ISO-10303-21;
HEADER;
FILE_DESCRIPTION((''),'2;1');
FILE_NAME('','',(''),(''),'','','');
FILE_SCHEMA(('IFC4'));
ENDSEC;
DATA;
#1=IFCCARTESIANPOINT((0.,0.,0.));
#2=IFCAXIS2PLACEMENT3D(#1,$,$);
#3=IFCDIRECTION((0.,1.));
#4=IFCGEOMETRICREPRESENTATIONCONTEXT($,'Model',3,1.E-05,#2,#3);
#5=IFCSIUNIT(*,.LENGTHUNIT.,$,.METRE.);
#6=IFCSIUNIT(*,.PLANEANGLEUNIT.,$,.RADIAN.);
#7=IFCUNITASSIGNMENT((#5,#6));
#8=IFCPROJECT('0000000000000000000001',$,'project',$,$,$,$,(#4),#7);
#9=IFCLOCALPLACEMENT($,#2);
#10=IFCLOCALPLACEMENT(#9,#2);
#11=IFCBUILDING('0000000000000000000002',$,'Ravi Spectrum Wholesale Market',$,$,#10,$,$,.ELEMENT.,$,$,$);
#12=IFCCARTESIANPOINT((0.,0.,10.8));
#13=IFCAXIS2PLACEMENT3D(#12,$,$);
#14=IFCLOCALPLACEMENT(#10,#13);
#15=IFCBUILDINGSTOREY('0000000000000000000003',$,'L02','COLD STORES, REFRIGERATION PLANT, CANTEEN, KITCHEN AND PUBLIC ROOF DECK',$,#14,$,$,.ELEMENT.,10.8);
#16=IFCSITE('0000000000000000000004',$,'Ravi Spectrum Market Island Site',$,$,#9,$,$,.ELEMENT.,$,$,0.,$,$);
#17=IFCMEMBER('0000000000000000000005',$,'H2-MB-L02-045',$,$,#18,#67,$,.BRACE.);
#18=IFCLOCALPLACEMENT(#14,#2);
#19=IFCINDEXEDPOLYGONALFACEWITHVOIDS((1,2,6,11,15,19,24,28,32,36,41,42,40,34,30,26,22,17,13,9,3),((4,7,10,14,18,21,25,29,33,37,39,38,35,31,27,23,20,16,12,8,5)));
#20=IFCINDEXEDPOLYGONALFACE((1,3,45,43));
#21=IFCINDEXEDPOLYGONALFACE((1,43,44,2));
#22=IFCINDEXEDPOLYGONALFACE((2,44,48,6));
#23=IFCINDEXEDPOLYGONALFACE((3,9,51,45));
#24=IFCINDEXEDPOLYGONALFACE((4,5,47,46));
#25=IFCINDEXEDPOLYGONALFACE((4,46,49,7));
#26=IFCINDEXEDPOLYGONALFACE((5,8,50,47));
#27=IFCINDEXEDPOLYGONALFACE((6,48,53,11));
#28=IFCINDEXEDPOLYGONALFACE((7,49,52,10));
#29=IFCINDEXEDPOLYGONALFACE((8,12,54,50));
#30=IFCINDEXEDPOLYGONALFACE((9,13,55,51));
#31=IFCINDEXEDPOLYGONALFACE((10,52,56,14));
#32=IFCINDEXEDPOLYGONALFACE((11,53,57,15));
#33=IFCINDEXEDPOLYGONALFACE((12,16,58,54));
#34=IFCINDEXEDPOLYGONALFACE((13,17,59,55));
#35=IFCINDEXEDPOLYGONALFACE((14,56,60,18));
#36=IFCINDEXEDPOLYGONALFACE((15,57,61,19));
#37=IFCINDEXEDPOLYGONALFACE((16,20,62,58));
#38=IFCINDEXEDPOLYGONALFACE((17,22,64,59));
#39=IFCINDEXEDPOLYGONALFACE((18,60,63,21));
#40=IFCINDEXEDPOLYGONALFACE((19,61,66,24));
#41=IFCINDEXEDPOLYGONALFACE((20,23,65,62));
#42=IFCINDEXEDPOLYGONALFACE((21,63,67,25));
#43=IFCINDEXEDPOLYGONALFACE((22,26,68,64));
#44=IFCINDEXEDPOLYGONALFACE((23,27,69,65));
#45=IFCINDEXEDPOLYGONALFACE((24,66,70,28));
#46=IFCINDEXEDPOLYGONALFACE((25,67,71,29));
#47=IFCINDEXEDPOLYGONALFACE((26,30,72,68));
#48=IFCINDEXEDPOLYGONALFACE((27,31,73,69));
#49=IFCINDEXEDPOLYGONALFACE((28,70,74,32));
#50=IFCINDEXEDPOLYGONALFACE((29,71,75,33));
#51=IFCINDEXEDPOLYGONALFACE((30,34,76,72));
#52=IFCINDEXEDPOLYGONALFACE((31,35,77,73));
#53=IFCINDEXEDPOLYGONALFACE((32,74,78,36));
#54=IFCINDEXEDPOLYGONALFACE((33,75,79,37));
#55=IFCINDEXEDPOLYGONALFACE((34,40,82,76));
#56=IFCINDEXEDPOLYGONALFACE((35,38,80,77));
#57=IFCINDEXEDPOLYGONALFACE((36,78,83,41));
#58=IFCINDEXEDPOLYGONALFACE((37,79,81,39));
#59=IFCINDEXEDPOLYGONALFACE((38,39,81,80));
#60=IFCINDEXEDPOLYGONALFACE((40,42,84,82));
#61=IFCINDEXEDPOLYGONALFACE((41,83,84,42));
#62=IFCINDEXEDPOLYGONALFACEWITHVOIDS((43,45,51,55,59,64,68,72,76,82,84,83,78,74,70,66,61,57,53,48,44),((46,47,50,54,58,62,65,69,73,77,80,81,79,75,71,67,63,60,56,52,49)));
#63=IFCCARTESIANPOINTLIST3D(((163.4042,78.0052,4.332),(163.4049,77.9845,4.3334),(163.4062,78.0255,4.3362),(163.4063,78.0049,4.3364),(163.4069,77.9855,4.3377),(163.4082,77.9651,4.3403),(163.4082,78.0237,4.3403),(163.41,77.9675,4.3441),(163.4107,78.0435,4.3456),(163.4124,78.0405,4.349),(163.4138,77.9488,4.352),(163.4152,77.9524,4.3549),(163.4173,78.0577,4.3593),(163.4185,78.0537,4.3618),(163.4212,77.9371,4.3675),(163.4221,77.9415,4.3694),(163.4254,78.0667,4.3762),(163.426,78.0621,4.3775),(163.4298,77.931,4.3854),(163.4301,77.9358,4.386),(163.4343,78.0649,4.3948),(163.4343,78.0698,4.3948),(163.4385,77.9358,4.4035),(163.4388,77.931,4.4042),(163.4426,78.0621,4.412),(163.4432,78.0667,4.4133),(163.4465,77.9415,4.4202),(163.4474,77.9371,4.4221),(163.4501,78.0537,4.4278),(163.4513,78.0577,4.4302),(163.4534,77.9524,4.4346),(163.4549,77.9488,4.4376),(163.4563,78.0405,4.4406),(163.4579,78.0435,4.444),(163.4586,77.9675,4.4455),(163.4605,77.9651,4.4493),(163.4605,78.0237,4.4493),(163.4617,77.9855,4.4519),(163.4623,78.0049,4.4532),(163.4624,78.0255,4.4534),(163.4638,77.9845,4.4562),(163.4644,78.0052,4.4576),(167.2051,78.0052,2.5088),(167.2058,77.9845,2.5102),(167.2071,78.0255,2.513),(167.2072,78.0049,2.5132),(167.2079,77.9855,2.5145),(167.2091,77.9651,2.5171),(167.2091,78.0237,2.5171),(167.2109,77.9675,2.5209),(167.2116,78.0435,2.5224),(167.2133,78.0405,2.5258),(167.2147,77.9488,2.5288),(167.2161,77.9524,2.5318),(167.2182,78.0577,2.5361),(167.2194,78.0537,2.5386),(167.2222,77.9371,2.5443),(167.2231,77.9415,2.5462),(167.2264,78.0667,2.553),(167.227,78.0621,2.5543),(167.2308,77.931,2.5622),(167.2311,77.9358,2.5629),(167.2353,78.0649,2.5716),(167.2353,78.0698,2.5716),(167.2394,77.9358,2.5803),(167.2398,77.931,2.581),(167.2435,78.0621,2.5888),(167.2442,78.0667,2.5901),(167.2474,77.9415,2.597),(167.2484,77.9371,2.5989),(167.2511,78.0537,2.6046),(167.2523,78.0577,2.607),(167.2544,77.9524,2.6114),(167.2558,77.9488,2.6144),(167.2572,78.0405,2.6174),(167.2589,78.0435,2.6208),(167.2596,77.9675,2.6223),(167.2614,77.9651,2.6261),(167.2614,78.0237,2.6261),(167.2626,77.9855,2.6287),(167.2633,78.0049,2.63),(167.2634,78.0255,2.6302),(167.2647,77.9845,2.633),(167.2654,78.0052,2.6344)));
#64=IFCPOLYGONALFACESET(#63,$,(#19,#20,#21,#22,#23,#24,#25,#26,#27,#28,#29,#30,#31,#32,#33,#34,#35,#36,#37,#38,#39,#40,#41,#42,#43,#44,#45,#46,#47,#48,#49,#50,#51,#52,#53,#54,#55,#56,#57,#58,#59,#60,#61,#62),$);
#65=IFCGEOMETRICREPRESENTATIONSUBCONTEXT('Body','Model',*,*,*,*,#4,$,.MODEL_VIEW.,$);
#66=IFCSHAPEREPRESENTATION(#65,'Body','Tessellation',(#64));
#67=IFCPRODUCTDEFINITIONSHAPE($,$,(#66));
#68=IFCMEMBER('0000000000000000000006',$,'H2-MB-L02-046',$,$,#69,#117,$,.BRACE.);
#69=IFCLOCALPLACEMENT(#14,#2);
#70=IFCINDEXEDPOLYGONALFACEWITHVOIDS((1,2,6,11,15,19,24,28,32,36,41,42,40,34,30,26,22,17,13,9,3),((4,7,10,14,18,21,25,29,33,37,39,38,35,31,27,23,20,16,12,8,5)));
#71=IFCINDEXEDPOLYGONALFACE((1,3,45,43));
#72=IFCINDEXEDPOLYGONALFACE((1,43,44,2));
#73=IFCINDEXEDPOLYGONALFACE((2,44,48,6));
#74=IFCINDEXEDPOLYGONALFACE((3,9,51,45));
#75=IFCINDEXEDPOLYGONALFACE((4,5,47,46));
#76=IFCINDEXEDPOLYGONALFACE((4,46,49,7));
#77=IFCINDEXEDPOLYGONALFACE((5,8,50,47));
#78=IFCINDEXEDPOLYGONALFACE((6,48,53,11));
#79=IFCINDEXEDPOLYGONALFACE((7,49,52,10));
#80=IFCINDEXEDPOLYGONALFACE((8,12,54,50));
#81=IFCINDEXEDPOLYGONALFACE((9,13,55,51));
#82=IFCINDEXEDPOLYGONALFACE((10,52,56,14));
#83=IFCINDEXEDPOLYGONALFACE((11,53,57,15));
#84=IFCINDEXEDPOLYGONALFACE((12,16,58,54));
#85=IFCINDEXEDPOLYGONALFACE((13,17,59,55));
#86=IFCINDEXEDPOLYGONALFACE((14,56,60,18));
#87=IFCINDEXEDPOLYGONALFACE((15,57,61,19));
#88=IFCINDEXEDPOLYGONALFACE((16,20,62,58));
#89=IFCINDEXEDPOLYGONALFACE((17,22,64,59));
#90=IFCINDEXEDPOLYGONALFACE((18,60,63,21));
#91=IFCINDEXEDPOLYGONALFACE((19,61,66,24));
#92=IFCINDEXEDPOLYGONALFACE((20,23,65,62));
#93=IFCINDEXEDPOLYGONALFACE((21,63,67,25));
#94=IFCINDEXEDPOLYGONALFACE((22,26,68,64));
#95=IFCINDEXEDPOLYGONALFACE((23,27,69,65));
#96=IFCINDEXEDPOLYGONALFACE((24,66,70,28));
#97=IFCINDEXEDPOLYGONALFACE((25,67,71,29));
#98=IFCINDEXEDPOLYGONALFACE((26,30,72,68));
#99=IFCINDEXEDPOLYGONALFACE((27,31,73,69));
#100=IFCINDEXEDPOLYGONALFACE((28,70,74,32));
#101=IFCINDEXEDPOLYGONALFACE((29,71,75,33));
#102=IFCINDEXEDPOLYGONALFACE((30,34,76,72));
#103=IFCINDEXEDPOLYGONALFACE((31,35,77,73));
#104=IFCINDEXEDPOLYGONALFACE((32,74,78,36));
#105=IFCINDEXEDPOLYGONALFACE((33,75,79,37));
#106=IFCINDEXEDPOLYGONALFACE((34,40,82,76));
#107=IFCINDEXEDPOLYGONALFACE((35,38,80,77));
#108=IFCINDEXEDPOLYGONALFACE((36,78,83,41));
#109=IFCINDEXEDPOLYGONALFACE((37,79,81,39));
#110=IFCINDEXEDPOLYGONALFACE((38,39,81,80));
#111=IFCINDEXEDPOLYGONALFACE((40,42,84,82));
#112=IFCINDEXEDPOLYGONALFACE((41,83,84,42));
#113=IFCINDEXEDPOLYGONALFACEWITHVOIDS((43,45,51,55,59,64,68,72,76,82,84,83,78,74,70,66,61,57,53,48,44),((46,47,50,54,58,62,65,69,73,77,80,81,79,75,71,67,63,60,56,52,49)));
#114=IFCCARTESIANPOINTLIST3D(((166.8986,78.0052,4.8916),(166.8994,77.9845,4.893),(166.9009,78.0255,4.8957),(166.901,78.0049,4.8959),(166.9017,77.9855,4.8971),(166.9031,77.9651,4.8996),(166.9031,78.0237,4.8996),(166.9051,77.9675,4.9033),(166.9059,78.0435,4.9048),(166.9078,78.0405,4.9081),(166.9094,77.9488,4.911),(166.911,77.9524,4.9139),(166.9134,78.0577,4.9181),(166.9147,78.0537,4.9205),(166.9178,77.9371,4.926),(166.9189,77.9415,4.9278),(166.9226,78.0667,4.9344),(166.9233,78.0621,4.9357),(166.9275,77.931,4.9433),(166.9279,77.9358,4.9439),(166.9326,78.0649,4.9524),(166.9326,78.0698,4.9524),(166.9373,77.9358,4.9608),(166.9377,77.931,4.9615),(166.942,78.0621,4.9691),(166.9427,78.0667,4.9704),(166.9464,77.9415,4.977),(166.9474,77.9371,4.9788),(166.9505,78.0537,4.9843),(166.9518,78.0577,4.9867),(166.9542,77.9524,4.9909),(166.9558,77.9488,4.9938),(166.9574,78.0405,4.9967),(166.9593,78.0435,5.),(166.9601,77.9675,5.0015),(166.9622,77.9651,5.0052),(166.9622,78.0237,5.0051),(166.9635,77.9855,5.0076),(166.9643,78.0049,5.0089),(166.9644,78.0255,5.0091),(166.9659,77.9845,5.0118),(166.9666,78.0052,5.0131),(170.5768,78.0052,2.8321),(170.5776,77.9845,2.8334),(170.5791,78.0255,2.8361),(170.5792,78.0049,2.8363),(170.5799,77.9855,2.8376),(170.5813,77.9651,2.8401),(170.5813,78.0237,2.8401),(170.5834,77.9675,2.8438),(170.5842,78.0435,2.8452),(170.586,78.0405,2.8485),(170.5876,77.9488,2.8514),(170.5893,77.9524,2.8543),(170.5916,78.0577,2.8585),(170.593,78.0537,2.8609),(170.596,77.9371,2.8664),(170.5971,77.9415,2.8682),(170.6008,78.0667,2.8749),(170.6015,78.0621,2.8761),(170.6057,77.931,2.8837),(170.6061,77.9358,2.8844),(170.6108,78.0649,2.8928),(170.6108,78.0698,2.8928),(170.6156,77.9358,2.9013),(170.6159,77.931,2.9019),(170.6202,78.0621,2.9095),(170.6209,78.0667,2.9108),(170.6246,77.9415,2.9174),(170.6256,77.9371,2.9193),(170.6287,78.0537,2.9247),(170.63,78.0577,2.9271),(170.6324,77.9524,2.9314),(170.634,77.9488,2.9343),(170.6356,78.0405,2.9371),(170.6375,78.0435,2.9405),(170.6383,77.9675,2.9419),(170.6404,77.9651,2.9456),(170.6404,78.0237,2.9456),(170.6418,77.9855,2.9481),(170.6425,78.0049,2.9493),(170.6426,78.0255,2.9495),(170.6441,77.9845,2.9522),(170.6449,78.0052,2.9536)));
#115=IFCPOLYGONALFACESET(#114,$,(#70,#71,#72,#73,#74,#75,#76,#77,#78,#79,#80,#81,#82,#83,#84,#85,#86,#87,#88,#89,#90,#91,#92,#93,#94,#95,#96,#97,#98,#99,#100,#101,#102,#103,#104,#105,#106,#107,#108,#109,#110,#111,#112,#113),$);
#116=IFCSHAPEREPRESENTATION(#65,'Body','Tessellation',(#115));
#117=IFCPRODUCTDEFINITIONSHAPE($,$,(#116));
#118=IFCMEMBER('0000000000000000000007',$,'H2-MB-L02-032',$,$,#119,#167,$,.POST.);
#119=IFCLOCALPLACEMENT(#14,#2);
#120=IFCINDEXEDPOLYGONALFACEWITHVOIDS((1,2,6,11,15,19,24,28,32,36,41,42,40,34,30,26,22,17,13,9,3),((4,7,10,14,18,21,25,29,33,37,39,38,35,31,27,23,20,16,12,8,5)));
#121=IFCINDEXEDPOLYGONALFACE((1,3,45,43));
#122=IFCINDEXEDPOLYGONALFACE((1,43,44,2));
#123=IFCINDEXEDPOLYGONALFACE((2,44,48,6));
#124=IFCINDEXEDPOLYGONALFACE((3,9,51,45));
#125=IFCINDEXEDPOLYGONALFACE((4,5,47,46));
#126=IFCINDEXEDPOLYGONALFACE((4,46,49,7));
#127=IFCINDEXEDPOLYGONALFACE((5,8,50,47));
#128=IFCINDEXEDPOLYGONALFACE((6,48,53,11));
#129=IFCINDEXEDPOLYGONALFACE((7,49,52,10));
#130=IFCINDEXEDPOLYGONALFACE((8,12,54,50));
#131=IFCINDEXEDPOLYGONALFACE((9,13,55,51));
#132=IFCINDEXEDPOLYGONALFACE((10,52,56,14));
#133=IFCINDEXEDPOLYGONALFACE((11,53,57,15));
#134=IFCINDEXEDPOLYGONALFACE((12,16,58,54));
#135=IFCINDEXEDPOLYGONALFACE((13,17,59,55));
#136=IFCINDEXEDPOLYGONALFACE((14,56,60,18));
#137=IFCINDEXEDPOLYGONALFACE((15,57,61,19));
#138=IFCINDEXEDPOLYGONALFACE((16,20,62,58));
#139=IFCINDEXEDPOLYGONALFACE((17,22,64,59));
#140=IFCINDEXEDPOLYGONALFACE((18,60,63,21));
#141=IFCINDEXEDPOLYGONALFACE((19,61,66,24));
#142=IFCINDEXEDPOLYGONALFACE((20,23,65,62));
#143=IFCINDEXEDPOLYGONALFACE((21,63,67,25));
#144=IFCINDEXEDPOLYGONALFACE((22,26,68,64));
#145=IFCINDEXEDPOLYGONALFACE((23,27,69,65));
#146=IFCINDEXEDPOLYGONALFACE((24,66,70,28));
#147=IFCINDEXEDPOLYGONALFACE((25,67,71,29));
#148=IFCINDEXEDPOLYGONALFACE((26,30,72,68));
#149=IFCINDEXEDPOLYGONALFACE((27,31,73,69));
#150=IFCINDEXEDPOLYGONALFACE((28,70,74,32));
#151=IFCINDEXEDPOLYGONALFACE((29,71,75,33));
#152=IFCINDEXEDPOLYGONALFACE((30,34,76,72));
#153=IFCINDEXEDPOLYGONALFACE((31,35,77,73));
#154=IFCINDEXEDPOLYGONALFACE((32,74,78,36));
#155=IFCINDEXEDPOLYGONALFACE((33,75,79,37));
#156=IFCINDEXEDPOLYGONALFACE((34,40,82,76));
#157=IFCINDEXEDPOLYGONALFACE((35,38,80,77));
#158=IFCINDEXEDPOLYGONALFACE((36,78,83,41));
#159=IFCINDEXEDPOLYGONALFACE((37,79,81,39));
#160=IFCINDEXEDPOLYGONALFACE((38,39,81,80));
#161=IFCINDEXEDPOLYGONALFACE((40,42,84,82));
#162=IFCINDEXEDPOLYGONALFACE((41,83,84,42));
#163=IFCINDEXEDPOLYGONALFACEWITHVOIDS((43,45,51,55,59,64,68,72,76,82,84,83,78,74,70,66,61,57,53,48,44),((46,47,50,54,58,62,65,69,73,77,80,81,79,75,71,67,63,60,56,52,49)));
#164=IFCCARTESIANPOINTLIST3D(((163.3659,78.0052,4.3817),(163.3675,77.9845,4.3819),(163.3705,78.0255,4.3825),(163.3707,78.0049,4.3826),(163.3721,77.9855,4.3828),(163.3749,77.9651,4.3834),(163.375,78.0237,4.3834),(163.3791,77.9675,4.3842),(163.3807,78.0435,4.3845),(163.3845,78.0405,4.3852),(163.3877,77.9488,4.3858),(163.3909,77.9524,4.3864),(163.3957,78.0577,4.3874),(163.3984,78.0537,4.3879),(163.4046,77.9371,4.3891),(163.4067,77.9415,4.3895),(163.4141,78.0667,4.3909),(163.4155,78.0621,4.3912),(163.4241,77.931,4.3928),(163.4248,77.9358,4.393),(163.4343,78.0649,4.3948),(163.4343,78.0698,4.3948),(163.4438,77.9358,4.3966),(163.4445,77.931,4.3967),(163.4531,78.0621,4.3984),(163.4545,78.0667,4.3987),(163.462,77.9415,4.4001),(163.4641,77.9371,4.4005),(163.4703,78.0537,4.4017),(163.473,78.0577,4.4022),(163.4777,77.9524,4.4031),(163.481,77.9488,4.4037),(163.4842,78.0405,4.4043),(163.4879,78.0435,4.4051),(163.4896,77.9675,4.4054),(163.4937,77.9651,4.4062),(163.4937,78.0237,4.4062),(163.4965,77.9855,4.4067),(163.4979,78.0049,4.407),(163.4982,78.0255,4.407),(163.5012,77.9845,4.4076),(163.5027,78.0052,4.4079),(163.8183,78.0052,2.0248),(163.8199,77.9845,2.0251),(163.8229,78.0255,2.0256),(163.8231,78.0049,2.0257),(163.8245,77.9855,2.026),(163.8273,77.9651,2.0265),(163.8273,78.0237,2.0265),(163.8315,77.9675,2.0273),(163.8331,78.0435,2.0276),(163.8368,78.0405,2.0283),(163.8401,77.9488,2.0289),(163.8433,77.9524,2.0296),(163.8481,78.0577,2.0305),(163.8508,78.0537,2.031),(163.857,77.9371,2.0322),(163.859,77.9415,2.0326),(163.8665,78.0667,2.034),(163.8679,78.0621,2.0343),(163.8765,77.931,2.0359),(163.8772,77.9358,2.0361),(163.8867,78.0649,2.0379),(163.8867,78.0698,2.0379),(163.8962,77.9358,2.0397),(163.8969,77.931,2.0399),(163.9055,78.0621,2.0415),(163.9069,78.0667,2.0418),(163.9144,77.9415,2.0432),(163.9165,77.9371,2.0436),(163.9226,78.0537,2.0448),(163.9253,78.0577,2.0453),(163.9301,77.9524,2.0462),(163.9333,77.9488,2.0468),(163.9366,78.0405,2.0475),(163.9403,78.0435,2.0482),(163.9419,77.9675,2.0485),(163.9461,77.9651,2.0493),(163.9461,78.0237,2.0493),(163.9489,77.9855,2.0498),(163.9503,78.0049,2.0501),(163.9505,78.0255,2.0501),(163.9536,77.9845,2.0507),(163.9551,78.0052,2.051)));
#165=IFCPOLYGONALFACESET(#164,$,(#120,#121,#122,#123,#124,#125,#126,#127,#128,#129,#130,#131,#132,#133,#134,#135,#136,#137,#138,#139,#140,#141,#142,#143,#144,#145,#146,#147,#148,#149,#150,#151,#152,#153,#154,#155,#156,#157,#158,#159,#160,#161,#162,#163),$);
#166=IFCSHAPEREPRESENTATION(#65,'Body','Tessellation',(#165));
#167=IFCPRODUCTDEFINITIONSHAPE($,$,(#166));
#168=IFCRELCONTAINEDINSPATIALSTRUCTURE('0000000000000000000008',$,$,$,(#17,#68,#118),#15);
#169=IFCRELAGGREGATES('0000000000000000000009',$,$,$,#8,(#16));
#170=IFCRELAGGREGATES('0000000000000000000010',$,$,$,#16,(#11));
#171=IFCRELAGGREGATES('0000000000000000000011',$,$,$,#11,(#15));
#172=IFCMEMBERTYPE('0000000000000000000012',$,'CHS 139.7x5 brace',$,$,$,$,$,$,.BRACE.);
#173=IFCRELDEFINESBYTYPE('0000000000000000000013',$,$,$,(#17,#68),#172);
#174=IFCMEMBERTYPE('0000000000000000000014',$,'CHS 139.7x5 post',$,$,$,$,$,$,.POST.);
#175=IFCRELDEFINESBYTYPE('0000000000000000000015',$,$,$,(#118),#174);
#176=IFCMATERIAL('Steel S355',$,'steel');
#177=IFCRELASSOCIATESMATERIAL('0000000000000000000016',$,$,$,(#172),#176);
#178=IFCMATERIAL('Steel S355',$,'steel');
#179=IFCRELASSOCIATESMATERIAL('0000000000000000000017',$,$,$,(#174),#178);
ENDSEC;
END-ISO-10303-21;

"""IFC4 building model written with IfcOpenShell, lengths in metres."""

from ifc_helpers import new_model, si_unit, direction, frame, origin, origin_2d, place, context, subcontext, project, spatial, hollow_circle, extrude, material, material_profile, profile_set, type_object, element, save


model = new_model("IFC4")

# Units and contexts
model_context = context("Model", 3, precision=1e-05, world=origin(), true_north=direction((0.0, 1.0)))
body_context = subcontext(model_context, "Body", "Model", "MODEL_VIEW")
ifc_project = project(units=[si_unit("LENGTHUNIT", "METRE"), si_unit("PLANEANGLEUNIT", "RADIAN")], contexts=[model_context])

# Site, building, storey
site_placement = place(None, origin())
site = spatial("IfcSite", under=ifc_project, at=site_placement, Name="Ravi Spectrum Market Island Site", CompositionType="ELEMENT", RefElevation=0.0)
building_placement = place(site_placement, origin())
building = spatial("IfcBuilding", under=site, at=building_placement, Name="Ravi Spectrum Wholesale Market", CompositionType="ELEMENT")
storey_placement = place(building_placement, frame((0.0, 0.0, 10.8)))
storey = spatial("IfcBuildingStorey", under=building, at=storey_placement, Name="L02", Description="COLD STORES, REFRIGERATION PLANT, CANTEEN, KITCHEN AND PUBLIC ROOF DECK", CompositionType="ELEMENT", Elevation=10.8)

# Members
ifc_material_1 = material(Name="Steel S355", Category="steel")
ifc_material_profile_1 = material_profile(ifc_material_1, hollow_circle(Radius=0.0698, WallThickness=0.0049, at=origin_2d()))
ifc_profile_set_1 = profile_set([ifc_material_profile_1], Name="Steel S355")
member_type_1 = type_object("IfcMemberType", Name="CHS 139.7x5 brace", PredefinedType="BRACE", material=ifc_profile_set_1)
for number, where, z_axis, x_axis, name in (
    (1, (163.4343, 78.0, 4.3948), (0.901639, 0.0, -0.43249), (0.0, 1.0, 0.0), "H2-MB-L02-045"),
    (2, (166.9326, 78.0, 4.9524), (0.87253, 0.0, -0.488561), (0.0, 1.0, 0.0), "H2-MB-L02-046"),
):
    element("IfcMember", number, at=place(storey_placement, frame(where, z_axis=z_axis, x_axis=x_axis)), inside=storey, type_object=member_type_1, Name=name, PredefinedType="BRACE", context=body_context, shape_type="SweptSolid", body=[
        extrude(hollow_circle(Radius=0.0698, WallThickness=0.0049, at=origin_2d()), origin(), (0.0, 0.0, 1.0), 4.2156),
    ])
ifc_material_2 = material(Name="Steel S355", Category="steel")
ifc_material_profile_2 = material_profile(ifc_material_2, hollow_circle(Radius=0.0698, WallThickness=0.0049, at=origin_2d()))
ifc_profile_set_2 = profile_set([ifc_material_profile_2], Name="Steel S355")
member_type_2 = type_object("IfcMemberType", Name="CHS 139.7x5 post", PredefinedType="POST", material=ifc_profile_set_2)
member_1_placement = place(storey_placement, frame((163.4343, 78.0, 4.3948), z_axis=(0.1885, 0.0, -0.982073), x_axis=(0.0, 1.0, 0.0)))
element("IfcMember", 3, at=member_1_placement, inside=storey, type_object=member_type_2, Name="H2-MB-L02-032", PredefinedType="POST", context=body_context, shape_type="SweptSolid", body=[
    extrude(hollow_circle(Radius=0.0698, WallThickness=0.0049, at=origin_2d()), origin(), (0.0, 0.0, 1.0), 2.3999),
])

save(model, "model.ifc")
